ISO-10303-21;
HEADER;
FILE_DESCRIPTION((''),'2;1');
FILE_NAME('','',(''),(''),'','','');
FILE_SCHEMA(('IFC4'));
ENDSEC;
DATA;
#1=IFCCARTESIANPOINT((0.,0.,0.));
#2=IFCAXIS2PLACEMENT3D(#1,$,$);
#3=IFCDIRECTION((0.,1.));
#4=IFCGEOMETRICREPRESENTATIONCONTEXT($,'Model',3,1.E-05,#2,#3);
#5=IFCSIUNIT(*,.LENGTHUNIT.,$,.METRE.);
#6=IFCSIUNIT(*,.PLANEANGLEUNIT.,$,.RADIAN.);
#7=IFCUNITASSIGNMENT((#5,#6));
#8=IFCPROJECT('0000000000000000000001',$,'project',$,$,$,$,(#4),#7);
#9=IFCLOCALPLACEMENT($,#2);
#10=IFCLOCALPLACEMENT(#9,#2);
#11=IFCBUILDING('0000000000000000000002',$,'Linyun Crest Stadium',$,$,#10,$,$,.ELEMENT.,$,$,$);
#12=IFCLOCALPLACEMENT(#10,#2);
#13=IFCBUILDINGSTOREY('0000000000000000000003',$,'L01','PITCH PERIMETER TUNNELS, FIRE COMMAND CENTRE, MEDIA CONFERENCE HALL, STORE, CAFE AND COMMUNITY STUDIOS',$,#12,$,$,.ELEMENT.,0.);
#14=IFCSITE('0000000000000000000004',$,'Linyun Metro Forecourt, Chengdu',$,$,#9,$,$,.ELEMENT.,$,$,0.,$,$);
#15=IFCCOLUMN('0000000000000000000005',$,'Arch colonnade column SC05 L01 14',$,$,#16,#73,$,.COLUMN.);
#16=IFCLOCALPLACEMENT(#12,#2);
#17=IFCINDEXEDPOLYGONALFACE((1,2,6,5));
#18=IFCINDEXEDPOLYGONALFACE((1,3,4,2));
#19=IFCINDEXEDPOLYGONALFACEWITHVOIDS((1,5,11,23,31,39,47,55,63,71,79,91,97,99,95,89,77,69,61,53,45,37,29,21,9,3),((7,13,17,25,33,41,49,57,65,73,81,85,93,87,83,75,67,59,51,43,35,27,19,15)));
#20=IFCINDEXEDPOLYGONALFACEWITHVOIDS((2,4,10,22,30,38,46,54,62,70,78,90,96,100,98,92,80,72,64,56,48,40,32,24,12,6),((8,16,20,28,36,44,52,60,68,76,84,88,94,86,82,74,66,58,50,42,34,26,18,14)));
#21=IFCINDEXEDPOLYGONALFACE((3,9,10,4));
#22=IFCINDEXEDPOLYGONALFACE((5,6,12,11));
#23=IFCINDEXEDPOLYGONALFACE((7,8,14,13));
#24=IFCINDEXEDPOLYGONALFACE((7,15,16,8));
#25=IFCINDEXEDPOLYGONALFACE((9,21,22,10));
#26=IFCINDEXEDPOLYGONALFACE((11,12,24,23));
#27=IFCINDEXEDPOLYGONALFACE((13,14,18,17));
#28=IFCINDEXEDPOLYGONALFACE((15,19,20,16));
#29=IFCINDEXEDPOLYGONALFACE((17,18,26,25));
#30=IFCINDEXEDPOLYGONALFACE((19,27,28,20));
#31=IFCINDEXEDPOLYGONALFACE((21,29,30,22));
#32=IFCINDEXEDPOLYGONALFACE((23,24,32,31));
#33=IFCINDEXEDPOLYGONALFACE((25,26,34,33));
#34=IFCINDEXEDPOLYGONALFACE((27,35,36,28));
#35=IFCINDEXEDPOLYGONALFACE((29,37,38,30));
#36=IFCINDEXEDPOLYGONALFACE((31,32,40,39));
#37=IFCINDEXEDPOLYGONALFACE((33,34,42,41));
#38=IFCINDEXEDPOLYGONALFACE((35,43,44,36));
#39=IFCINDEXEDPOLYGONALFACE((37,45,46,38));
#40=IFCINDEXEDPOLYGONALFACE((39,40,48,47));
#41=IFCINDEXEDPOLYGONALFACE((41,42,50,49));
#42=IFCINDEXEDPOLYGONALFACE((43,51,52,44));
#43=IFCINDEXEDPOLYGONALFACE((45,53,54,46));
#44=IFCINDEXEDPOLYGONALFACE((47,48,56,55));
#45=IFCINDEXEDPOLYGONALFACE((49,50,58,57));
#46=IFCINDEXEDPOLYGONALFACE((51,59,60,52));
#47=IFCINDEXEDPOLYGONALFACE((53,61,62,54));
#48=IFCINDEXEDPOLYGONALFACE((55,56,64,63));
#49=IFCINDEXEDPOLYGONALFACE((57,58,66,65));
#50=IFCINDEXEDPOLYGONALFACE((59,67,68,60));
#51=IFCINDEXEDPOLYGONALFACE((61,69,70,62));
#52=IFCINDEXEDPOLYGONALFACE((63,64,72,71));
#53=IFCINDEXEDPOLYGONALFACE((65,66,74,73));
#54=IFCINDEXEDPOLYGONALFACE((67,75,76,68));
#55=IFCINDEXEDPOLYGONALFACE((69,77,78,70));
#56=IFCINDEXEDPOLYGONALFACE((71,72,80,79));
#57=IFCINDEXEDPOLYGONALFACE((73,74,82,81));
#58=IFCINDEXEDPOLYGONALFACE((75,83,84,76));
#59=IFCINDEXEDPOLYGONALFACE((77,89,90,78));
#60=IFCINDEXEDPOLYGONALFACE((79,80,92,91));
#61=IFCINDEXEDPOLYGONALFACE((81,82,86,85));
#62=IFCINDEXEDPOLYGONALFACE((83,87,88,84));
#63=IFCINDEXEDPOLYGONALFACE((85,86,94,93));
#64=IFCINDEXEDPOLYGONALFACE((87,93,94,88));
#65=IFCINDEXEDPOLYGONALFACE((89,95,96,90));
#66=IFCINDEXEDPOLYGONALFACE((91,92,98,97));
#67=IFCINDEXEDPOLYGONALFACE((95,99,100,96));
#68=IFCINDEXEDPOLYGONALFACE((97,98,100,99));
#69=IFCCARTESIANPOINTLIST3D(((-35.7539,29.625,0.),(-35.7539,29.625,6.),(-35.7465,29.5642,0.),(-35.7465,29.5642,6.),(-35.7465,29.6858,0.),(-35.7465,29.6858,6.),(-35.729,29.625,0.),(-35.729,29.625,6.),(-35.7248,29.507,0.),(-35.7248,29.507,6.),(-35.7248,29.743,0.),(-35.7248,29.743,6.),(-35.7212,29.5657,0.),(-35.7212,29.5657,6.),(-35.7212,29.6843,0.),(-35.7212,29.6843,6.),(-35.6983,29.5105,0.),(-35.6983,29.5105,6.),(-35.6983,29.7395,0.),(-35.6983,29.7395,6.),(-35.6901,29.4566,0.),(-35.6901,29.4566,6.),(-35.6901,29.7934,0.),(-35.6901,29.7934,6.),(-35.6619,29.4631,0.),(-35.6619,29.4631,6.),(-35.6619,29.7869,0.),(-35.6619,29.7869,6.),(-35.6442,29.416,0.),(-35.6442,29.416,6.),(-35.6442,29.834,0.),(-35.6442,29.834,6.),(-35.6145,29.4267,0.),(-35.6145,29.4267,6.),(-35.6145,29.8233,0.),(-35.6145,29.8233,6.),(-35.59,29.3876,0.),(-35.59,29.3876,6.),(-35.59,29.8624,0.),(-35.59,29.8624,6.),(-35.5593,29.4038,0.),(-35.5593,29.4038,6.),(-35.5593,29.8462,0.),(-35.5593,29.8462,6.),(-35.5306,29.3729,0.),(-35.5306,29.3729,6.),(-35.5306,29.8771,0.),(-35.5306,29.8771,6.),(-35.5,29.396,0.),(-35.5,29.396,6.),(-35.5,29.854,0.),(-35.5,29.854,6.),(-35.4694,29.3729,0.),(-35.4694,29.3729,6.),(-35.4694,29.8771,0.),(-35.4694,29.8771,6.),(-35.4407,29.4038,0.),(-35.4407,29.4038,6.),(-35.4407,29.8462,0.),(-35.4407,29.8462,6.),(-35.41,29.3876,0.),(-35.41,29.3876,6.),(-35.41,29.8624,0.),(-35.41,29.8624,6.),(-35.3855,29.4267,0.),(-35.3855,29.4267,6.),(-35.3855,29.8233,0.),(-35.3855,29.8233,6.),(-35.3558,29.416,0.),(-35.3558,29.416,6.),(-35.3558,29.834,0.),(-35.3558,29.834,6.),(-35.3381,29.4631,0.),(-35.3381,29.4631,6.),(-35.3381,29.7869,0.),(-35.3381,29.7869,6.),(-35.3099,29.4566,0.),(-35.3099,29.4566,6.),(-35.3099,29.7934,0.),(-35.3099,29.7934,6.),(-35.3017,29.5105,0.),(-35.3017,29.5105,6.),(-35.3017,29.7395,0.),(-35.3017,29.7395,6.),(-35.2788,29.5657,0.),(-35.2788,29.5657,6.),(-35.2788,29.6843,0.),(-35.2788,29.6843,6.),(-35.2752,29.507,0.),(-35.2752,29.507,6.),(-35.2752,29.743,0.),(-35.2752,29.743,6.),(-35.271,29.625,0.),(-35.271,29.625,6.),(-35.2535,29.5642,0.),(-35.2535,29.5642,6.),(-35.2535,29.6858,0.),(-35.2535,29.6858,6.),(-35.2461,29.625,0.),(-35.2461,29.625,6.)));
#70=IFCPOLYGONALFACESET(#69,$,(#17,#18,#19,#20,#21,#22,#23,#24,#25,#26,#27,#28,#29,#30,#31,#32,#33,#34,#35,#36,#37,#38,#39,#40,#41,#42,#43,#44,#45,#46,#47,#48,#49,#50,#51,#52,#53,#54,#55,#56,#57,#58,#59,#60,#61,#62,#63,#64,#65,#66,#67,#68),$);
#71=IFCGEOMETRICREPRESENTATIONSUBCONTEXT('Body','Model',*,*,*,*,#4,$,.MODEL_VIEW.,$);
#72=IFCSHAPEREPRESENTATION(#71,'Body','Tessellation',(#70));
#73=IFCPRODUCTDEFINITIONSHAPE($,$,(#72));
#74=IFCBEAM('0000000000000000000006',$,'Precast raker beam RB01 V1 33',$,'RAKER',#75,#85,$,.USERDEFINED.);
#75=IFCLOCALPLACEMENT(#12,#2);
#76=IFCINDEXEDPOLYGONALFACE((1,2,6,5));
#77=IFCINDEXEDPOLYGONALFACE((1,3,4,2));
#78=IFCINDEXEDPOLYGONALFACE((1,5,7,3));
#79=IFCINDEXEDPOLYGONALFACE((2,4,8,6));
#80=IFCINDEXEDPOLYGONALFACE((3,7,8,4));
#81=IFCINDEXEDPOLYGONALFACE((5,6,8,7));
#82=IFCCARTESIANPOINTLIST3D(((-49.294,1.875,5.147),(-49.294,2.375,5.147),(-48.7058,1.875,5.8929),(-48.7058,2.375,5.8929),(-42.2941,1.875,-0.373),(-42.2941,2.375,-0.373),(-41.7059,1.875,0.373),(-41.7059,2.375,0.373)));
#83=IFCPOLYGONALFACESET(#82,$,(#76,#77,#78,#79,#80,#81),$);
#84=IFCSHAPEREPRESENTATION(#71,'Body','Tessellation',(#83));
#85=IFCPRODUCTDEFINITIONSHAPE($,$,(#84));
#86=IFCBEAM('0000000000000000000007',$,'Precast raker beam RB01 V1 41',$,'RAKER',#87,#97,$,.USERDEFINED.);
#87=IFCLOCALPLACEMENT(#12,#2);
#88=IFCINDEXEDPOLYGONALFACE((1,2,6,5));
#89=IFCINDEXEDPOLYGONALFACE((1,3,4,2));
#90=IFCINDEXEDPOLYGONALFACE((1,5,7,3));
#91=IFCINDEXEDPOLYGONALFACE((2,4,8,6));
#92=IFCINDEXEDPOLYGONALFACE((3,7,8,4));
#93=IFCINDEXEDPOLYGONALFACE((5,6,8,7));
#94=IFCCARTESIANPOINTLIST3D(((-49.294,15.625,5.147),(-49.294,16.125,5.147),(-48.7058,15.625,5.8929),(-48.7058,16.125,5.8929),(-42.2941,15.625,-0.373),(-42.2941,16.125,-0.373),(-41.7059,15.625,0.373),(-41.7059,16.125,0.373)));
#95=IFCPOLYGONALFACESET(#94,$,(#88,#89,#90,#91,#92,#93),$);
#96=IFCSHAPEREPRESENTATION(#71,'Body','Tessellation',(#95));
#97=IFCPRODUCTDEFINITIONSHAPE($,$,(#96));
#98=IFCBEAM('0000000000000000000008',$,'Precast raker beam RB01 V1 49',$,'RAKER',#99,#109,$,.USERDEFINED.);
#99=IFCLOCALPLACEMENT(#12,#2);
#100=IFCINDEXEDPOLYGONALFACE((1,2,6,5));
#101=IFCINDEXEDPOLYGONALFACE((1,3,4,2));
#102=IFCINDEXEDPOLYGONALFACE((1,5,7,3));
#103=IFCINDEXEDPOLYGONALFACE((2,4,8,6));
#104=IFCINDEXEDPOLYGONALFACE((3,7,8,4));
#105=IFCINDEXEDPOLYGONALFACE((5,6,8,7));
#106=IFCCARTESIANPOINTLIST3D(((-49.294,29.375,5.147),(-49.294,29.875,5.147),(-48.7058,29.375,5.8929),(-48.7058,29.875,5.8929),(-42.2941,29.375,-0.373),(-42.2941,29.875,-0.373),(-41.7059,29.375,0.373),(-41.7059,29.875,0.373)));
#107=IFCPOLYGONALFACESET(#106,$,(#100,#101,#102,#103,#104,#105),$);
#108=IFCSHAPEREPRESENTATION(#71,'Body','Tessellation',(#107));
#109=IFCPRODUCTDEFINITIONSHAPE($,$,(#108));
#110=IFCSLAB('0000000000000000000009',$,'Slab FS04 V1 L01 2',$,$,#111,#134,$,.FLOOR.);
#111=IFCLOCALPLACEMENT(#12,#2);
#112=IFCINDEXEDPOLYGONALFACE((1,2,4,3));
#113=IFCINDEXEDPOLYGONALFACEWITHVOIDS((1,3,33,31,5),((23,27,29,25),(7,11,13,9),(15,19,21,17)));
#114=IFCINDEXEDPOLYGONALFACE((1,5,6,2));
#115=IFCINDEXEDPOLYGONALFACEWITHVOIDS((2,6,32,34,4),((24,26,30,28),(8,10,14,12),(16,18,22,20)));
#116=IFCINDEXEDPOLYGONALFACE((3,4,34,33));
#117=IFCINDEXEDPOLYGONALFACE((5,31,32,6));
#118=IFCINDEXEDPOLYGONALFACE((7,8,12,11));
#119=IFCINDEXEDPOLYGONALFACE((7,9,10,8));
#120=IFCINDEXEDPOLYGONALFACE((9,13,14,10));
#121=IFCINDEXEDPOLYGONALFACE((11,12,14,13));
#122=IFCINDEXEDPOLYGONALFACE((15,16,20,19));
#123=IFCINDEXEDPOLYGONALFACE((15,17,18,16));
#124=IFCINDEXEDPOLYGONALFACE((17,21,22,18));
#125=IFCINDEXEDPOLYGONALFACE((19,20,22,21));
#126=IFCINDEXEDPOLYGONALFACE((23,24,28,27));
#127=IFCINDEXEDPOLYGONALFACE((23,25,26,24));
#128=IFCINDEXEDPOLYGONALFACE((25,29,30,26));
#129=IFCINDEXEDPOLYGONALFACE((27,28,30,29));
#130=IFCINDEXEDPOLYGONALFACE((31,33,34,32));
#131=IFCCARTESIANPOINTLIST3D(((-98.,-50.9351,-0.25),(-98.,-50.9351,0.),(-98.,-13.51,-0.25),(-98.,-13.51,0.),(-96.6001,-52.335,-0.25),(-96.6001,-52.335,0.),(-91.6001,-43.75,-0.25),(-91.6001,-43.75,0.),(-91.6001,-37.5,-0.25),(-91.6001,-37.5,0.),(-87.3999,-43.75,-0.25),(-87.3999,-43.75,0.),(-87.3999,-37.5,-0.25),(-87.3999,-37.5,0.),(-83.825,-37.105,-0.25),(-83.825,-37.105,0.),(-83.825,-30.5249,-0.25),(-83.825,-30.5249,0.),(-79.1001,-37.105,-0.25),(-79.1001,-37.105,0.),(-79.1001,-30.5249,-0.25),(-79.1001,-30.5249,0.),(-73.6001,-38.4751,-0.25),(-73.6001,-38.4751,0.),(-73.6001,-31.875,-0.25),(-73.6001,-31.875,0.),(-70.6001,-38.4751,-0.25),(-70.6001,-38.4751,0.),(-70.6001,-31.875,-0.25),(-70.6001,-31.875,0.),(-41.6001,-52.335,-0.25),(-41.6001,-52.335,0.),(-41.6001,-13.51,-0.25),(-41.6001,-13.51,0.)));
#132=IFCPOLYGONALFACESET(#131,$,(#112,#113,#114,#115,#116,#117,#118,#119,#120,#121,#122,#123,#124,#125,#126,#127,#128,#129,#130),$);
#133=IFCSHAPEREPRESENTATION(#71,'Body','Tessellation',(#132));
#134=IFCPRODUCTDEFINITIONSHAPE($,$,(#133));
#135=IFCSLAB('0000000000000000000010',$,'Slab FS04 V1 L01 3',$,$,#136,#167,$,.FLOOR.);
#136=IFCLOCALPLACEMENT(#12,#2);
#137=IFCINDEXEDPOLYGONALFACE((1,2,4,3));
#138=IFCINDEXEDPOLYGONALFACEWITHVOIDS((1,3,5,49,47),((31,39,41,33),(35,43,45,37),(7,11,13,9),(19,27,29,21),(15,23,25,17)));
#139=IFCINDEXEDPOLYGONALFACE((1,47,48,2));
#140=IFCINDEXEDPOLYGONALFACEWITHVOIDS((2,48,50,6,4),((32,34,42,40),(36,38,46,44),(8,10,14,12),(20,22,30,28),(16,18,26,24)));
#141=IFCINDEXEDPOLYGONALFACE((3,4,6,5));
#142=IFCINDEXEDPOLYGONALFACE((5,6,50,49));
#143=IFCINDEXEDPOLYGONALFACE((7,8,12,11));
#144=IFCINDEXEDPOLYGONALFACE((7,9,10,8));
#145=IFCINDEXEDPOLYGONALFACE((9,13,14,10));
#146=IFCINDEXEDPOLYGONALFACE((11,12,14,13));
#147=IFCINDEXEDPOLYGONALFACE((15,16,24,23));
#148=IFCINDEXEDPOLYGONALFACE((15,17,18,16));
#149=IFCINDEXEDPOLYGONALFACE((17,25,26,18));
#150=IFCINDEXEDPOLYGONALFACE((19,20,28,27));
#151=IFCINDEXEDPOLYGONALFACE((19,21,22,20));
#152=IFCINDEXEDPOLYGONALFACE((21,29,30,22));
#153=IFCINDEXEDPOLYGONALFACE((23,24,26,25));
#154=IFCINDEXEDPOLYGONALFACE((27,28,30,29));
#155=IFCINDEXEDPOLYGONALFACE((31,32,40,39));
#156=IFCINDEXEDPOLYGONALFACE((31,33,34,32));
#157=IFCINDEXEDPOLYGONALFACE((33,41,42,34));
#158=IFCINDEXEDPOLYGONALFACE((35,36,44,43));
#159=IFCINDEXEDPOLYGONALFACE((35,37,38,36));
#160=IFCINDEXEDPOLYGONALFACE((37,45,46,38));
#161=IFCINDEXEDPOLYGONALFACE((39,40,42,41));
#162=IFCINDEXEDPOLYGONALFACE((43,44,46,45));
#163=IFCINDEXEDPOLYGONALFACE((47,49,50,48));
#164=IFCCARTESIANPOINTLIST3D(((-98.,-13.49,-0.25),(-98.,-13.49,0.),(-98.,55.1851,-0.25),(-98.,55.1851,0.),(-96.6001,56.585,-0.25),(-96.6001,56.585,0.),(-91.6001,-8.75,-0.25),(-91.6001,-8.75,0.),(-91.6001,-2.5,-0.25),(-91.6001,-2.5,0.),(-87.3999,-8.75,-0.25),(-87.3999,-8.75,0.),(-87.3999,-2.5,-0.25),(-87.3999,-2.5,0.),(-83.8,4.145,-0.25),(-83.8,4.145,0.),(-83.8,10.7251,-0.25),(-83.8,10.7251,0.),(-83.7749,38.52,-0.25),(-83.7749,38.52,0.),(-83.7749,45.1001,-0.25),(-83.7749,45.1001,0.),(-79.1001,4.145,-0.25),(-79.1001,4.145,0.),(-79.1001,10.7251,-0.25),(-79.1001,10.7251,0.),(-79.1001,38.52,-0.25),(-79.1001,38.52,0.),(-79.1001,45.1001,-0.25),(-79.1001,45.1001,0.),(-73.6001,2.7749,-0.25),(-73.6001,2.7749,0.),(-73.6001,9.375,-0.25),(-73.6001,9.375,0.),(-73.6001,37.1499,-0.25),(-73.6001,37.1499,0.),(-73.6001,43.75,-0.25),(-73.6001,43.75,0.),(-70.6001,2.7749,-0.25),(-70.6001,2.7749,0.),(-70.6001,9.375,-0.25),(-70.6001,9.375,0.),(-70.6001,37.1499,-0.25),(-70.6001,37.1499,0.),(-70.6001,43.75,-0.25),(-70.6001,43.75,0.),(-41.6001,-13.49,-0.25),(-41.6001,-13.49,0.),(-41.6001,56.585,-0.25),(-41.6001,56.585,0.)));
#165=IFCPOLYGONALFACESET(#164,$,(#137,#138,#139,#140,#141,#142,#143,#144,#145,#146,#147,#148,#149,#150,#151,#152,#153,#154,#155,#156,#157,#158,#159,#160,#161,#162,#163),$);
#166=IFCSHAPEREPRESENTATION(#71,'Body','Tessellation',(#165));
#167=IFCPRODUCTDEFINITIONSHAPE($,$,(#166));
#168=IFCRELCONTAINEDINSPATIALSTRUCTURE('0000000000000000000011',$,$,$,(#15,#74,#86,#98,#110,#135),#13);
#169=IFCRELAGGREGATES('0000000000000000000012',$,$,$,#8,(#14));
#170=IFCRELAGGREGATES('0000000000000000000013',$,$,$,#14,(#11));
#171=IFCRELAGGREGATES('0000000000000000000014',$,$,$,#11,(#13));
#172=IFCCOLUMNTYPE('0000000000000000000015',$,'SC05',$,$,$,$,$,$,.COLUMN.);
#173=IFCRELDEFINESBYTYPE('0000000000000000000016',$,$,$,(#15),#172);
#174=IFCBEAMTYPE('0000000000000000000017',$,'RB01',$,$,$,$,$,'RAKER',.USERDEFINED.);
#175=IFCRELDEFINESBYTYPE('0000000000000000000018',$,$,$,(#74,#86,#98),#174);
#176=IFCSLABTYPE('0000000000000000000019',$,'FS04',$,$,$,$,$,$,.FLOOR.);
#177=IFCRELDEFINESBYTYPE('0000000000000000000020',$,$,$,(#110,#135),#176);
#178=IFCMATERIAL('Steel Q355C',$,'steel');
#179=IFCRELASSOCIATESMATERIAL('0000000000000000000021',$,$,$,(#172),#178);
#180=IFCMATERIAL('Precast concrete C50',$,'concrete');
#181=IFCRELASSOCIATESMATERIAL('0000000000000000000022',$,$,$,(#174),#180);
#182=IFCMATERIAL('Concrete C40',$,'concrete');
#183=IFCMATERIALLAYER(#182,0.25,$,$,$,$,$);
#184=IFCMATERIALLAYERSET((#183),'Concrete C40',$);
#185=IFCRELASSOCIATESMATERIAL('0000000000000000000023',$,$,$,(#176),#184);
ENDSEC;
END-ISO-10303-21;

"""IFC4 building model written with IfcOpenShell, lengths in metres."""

from ifc_helpers import new_model, si_unit, direction, frame, origin, origin_2d, place, context, subcontext, project, spatial, polyline, rectangle, hollow_circle, outline, extrude, material, layer, layer_set, material_profile, profile_set, type_object, element, save


model = new_model("IFC4")

# Units and contexts
model_context = context("Model", 3, precision=1e-05, world=origin(), true_north=direction((0.0, 1.0)))
body_context = subcontext(model_context, "Body", "Model", "MODEL_VIEW")
ifc_project = project(units=[si_unit("LENGTHUNIT", "METRE"), si_unit("PLANEANGLEUNIT", "RADIAN")], contexts=[model_context])

# Site, building, storey
site_placement = place(None, origin())
site = spatial("IfcSite", under=ifc_project, at=site_placement, Name="Linyun Metro Forecourt, Chengdu", CompositionType="ELEMENT", RefElevation=0.0)
building_placement = place(site_placement, origin())
building = spatial("IfcBuilding", under=site, at=building_placement, Name="Linyun Crest Stadium", CompositionType="ELEMENT")
storey_placement = place(building_placement, origin())
storey = spatial("IfcBuildingStorey", under=building, at=storey_placement, Name="L01", Description="PITCH PERIMETER TUNNELS, FIRE COMMAND CENTRE, MEDIA CONFERENCE HALL, STORE, CAFE AND COMMUNITY STUDIOS", CompositionType="ELEMENT", Elevation=0.0)

# Column
ifc_material_1 = material(Name="Steel Q355C", Category="steel")
ifc_material_profile_1 = material_profile(ifc_material_1, hollow_circle(Radius=0.2539, WallThickness=0.0249, at=origin_2d()), Name="CHS 508x25")
ifc_profile_set_1 = profile_set([ifc_material_profile_1], Name="Steel Q355C")
column_type_1 = type_object("IfcColumnType", Name="SC05", PredefinedType="COLUMN", material=ifc_profile_set_1)
for number, where, z_axis, x_axis, name in (
    (1, (-35.5, 29.625, 0.0), (0.0, 0.0, 1.0), (1.0, 0.0, 0.0), "Arch colonnade column SC05 L01 14"),
):
    element("IfcColumn", number, at=place(storey_placement, frame(where, z_axis=z_axis, x_axis=x_axis)), inside=storey, type_object=column_type_1, Name=name, PredefinedType="COLUMN", context=body_context, shape_type="SweptSolid", body=[
        extrude(hollow_circle(Radius=0.2539, WallThickness=0.0249, at=origin_2d()), origin(), (0.0, 0.0, 1.0), 6.0),
    ])

# Beams
ifc_material_2 = material(Name="Precast concrete C50", Category="concrete")
ifc_material_profile_2 = material_profile(ifc_material_2, rectangle(XDim=0.5, YDim=0.95, at=origin_2d()), Name="PCR 950x500")
ifc_profile_set_2 = profile_set([ifc_material_profile_2], Name="Precast concrete C50")
beam_type = type_object("IfcBeamType", Name="RB01", ElementType="RAKER", PredefinedType="USERDEFINED", material=ifc_profile_set_2)
for number, where, z_axis, x_axis, name in (
    (2, (-42.0, 2.125, 0.0), (-0.785226, 0.0, 0.619209), (0.0, -1.0, 0.0), "Precast raker beam RB01 V1 33"),
    (3, (-42.0, 15.875, 0.0), (-0.785226, 0.0, 0.619209), (0.0, -1.0, 0.0), "Precast raker beam RB01 V1 41"),
    (4, (-42.0, 29.625, 0.0), (-0.785226, 0.0, 0.619209), (0.0, -1.0, 0.0), "Precast raker beam RB01 V1 49"),
):
    element("IfcBeam", number, at=place(storey_placement, frame(where, z_axis=z_axis, x_axis=x_axis)), inside=storey, type_object=beam_type, Name=name, ObjectType="RAKER", PredefinedType="USERDEFINED", context=body_context, shape_type="SweptSolid", body=[
        extrude(rectangle(XDim=0.5, YDim=0.95, at=origin_2d()), origin(), (0.0, 0.0, 1.0), 8.9146),
    ])

# Slabs
ifc_material_3 = material(Name="Concrete C40", Category="concrete")
ifc_layer_1 = layer(ifc_material_3, 0.25)
ifc_layer_set_1 = layer_set([ifc_layer_1], Name="Concrete C40")
slab_type_1 = type_object("IfcSlabType", Name="FS04", PredefinedType="FLOOR", material=ifc_layer_set_1)
slab_1_placement = place(storey_placement, frame((0.0, 0.0, -0.25)))
element("IfcSlab", 5, at=slab_1_placement, inside=storey, type_object=slab_type_1, Name="Slab FS04 V1 L01 2", PredefinedType="FLOOR", context=body_context, shape_type="SweptSolid", body=[
    extrude(outline(polyline([(-96.6001, -52.335), (-41.6001, -52.335), (-41.6001, -13.51), (-98.0, -13.51), (-98.0, -50.9351), (-96.6001, -52.335)]), holes=[polyline([(-83.825, -37.105), (-83.825, -30.5249), (-79.1001, -30.5249), (-79.1001, -37.105), (-83.825, -37.105)]), polyline([(-73.6001, -38.4751), (-73.6001, -31.875), (-70.6001, -31.875), (-70.6001, -38.4751), (-73.6001, -38.4751)]), polyline([(-91.6001, -43.75), (-91.6001, -37.5), (-87.3999, -37.5), (-87.3999, -43.75), (-91.6001, -43.75)])]), origin(), (0.0, 0.0, 1.0), 0.25),
])
slab_2_placement = place(storey_placement, frame((0.0, 0.0, -0.25)))
element("IfcSlab", 6, at=slab_2_placement, inside=storey, type_object=slab_type_1, Name="Slab FS04 V1 L01 3", PredefinedType="FLOOR", context=body_context, shape_type="SweptSolid", body=[
    extrude(outline(polyline([(-98.0, -13.49), (-41.6001, -13.49), (-41.6001, 56.585), (-96.6001, 56.585), (-98.0, 55.1851), (-98.0, -13.49)]), holes=[polyline([(-83.8, 4.145), (-83.8, 10.7251), (-79.1001, 10.7251), (-79.1001, 4.145), (-83.8, 4.145)]), polyline([(-73.6001, 2.7749), (-73.6001, 9.375), (-70.6001, 9.375), (-70.6001, 2.7749), (-73.6001, 2.7749)]), polyline([(-83.7749, 38.52), (-83.7749, 45.1001), (-79.1001, 45.1001), (-79.1001, 38.52), (-83.7749, 38.52)]), polyline([(-73.6001, 37.1499), (-73.6001, 43.75), (-70.6001, 43.75), (-70.6001, 37.1499), (-73.6001, 37.1499)]), polyline([(-91.6001, -8.75), (-91.6001, -2.5), (-87.3999, -2.5), (-87.3999, -8.75), (-91.6001, -8.75)])]), origin(), (0.0, 0.0, 1.0), 0.25),
])

save(model, "model.ifc")
